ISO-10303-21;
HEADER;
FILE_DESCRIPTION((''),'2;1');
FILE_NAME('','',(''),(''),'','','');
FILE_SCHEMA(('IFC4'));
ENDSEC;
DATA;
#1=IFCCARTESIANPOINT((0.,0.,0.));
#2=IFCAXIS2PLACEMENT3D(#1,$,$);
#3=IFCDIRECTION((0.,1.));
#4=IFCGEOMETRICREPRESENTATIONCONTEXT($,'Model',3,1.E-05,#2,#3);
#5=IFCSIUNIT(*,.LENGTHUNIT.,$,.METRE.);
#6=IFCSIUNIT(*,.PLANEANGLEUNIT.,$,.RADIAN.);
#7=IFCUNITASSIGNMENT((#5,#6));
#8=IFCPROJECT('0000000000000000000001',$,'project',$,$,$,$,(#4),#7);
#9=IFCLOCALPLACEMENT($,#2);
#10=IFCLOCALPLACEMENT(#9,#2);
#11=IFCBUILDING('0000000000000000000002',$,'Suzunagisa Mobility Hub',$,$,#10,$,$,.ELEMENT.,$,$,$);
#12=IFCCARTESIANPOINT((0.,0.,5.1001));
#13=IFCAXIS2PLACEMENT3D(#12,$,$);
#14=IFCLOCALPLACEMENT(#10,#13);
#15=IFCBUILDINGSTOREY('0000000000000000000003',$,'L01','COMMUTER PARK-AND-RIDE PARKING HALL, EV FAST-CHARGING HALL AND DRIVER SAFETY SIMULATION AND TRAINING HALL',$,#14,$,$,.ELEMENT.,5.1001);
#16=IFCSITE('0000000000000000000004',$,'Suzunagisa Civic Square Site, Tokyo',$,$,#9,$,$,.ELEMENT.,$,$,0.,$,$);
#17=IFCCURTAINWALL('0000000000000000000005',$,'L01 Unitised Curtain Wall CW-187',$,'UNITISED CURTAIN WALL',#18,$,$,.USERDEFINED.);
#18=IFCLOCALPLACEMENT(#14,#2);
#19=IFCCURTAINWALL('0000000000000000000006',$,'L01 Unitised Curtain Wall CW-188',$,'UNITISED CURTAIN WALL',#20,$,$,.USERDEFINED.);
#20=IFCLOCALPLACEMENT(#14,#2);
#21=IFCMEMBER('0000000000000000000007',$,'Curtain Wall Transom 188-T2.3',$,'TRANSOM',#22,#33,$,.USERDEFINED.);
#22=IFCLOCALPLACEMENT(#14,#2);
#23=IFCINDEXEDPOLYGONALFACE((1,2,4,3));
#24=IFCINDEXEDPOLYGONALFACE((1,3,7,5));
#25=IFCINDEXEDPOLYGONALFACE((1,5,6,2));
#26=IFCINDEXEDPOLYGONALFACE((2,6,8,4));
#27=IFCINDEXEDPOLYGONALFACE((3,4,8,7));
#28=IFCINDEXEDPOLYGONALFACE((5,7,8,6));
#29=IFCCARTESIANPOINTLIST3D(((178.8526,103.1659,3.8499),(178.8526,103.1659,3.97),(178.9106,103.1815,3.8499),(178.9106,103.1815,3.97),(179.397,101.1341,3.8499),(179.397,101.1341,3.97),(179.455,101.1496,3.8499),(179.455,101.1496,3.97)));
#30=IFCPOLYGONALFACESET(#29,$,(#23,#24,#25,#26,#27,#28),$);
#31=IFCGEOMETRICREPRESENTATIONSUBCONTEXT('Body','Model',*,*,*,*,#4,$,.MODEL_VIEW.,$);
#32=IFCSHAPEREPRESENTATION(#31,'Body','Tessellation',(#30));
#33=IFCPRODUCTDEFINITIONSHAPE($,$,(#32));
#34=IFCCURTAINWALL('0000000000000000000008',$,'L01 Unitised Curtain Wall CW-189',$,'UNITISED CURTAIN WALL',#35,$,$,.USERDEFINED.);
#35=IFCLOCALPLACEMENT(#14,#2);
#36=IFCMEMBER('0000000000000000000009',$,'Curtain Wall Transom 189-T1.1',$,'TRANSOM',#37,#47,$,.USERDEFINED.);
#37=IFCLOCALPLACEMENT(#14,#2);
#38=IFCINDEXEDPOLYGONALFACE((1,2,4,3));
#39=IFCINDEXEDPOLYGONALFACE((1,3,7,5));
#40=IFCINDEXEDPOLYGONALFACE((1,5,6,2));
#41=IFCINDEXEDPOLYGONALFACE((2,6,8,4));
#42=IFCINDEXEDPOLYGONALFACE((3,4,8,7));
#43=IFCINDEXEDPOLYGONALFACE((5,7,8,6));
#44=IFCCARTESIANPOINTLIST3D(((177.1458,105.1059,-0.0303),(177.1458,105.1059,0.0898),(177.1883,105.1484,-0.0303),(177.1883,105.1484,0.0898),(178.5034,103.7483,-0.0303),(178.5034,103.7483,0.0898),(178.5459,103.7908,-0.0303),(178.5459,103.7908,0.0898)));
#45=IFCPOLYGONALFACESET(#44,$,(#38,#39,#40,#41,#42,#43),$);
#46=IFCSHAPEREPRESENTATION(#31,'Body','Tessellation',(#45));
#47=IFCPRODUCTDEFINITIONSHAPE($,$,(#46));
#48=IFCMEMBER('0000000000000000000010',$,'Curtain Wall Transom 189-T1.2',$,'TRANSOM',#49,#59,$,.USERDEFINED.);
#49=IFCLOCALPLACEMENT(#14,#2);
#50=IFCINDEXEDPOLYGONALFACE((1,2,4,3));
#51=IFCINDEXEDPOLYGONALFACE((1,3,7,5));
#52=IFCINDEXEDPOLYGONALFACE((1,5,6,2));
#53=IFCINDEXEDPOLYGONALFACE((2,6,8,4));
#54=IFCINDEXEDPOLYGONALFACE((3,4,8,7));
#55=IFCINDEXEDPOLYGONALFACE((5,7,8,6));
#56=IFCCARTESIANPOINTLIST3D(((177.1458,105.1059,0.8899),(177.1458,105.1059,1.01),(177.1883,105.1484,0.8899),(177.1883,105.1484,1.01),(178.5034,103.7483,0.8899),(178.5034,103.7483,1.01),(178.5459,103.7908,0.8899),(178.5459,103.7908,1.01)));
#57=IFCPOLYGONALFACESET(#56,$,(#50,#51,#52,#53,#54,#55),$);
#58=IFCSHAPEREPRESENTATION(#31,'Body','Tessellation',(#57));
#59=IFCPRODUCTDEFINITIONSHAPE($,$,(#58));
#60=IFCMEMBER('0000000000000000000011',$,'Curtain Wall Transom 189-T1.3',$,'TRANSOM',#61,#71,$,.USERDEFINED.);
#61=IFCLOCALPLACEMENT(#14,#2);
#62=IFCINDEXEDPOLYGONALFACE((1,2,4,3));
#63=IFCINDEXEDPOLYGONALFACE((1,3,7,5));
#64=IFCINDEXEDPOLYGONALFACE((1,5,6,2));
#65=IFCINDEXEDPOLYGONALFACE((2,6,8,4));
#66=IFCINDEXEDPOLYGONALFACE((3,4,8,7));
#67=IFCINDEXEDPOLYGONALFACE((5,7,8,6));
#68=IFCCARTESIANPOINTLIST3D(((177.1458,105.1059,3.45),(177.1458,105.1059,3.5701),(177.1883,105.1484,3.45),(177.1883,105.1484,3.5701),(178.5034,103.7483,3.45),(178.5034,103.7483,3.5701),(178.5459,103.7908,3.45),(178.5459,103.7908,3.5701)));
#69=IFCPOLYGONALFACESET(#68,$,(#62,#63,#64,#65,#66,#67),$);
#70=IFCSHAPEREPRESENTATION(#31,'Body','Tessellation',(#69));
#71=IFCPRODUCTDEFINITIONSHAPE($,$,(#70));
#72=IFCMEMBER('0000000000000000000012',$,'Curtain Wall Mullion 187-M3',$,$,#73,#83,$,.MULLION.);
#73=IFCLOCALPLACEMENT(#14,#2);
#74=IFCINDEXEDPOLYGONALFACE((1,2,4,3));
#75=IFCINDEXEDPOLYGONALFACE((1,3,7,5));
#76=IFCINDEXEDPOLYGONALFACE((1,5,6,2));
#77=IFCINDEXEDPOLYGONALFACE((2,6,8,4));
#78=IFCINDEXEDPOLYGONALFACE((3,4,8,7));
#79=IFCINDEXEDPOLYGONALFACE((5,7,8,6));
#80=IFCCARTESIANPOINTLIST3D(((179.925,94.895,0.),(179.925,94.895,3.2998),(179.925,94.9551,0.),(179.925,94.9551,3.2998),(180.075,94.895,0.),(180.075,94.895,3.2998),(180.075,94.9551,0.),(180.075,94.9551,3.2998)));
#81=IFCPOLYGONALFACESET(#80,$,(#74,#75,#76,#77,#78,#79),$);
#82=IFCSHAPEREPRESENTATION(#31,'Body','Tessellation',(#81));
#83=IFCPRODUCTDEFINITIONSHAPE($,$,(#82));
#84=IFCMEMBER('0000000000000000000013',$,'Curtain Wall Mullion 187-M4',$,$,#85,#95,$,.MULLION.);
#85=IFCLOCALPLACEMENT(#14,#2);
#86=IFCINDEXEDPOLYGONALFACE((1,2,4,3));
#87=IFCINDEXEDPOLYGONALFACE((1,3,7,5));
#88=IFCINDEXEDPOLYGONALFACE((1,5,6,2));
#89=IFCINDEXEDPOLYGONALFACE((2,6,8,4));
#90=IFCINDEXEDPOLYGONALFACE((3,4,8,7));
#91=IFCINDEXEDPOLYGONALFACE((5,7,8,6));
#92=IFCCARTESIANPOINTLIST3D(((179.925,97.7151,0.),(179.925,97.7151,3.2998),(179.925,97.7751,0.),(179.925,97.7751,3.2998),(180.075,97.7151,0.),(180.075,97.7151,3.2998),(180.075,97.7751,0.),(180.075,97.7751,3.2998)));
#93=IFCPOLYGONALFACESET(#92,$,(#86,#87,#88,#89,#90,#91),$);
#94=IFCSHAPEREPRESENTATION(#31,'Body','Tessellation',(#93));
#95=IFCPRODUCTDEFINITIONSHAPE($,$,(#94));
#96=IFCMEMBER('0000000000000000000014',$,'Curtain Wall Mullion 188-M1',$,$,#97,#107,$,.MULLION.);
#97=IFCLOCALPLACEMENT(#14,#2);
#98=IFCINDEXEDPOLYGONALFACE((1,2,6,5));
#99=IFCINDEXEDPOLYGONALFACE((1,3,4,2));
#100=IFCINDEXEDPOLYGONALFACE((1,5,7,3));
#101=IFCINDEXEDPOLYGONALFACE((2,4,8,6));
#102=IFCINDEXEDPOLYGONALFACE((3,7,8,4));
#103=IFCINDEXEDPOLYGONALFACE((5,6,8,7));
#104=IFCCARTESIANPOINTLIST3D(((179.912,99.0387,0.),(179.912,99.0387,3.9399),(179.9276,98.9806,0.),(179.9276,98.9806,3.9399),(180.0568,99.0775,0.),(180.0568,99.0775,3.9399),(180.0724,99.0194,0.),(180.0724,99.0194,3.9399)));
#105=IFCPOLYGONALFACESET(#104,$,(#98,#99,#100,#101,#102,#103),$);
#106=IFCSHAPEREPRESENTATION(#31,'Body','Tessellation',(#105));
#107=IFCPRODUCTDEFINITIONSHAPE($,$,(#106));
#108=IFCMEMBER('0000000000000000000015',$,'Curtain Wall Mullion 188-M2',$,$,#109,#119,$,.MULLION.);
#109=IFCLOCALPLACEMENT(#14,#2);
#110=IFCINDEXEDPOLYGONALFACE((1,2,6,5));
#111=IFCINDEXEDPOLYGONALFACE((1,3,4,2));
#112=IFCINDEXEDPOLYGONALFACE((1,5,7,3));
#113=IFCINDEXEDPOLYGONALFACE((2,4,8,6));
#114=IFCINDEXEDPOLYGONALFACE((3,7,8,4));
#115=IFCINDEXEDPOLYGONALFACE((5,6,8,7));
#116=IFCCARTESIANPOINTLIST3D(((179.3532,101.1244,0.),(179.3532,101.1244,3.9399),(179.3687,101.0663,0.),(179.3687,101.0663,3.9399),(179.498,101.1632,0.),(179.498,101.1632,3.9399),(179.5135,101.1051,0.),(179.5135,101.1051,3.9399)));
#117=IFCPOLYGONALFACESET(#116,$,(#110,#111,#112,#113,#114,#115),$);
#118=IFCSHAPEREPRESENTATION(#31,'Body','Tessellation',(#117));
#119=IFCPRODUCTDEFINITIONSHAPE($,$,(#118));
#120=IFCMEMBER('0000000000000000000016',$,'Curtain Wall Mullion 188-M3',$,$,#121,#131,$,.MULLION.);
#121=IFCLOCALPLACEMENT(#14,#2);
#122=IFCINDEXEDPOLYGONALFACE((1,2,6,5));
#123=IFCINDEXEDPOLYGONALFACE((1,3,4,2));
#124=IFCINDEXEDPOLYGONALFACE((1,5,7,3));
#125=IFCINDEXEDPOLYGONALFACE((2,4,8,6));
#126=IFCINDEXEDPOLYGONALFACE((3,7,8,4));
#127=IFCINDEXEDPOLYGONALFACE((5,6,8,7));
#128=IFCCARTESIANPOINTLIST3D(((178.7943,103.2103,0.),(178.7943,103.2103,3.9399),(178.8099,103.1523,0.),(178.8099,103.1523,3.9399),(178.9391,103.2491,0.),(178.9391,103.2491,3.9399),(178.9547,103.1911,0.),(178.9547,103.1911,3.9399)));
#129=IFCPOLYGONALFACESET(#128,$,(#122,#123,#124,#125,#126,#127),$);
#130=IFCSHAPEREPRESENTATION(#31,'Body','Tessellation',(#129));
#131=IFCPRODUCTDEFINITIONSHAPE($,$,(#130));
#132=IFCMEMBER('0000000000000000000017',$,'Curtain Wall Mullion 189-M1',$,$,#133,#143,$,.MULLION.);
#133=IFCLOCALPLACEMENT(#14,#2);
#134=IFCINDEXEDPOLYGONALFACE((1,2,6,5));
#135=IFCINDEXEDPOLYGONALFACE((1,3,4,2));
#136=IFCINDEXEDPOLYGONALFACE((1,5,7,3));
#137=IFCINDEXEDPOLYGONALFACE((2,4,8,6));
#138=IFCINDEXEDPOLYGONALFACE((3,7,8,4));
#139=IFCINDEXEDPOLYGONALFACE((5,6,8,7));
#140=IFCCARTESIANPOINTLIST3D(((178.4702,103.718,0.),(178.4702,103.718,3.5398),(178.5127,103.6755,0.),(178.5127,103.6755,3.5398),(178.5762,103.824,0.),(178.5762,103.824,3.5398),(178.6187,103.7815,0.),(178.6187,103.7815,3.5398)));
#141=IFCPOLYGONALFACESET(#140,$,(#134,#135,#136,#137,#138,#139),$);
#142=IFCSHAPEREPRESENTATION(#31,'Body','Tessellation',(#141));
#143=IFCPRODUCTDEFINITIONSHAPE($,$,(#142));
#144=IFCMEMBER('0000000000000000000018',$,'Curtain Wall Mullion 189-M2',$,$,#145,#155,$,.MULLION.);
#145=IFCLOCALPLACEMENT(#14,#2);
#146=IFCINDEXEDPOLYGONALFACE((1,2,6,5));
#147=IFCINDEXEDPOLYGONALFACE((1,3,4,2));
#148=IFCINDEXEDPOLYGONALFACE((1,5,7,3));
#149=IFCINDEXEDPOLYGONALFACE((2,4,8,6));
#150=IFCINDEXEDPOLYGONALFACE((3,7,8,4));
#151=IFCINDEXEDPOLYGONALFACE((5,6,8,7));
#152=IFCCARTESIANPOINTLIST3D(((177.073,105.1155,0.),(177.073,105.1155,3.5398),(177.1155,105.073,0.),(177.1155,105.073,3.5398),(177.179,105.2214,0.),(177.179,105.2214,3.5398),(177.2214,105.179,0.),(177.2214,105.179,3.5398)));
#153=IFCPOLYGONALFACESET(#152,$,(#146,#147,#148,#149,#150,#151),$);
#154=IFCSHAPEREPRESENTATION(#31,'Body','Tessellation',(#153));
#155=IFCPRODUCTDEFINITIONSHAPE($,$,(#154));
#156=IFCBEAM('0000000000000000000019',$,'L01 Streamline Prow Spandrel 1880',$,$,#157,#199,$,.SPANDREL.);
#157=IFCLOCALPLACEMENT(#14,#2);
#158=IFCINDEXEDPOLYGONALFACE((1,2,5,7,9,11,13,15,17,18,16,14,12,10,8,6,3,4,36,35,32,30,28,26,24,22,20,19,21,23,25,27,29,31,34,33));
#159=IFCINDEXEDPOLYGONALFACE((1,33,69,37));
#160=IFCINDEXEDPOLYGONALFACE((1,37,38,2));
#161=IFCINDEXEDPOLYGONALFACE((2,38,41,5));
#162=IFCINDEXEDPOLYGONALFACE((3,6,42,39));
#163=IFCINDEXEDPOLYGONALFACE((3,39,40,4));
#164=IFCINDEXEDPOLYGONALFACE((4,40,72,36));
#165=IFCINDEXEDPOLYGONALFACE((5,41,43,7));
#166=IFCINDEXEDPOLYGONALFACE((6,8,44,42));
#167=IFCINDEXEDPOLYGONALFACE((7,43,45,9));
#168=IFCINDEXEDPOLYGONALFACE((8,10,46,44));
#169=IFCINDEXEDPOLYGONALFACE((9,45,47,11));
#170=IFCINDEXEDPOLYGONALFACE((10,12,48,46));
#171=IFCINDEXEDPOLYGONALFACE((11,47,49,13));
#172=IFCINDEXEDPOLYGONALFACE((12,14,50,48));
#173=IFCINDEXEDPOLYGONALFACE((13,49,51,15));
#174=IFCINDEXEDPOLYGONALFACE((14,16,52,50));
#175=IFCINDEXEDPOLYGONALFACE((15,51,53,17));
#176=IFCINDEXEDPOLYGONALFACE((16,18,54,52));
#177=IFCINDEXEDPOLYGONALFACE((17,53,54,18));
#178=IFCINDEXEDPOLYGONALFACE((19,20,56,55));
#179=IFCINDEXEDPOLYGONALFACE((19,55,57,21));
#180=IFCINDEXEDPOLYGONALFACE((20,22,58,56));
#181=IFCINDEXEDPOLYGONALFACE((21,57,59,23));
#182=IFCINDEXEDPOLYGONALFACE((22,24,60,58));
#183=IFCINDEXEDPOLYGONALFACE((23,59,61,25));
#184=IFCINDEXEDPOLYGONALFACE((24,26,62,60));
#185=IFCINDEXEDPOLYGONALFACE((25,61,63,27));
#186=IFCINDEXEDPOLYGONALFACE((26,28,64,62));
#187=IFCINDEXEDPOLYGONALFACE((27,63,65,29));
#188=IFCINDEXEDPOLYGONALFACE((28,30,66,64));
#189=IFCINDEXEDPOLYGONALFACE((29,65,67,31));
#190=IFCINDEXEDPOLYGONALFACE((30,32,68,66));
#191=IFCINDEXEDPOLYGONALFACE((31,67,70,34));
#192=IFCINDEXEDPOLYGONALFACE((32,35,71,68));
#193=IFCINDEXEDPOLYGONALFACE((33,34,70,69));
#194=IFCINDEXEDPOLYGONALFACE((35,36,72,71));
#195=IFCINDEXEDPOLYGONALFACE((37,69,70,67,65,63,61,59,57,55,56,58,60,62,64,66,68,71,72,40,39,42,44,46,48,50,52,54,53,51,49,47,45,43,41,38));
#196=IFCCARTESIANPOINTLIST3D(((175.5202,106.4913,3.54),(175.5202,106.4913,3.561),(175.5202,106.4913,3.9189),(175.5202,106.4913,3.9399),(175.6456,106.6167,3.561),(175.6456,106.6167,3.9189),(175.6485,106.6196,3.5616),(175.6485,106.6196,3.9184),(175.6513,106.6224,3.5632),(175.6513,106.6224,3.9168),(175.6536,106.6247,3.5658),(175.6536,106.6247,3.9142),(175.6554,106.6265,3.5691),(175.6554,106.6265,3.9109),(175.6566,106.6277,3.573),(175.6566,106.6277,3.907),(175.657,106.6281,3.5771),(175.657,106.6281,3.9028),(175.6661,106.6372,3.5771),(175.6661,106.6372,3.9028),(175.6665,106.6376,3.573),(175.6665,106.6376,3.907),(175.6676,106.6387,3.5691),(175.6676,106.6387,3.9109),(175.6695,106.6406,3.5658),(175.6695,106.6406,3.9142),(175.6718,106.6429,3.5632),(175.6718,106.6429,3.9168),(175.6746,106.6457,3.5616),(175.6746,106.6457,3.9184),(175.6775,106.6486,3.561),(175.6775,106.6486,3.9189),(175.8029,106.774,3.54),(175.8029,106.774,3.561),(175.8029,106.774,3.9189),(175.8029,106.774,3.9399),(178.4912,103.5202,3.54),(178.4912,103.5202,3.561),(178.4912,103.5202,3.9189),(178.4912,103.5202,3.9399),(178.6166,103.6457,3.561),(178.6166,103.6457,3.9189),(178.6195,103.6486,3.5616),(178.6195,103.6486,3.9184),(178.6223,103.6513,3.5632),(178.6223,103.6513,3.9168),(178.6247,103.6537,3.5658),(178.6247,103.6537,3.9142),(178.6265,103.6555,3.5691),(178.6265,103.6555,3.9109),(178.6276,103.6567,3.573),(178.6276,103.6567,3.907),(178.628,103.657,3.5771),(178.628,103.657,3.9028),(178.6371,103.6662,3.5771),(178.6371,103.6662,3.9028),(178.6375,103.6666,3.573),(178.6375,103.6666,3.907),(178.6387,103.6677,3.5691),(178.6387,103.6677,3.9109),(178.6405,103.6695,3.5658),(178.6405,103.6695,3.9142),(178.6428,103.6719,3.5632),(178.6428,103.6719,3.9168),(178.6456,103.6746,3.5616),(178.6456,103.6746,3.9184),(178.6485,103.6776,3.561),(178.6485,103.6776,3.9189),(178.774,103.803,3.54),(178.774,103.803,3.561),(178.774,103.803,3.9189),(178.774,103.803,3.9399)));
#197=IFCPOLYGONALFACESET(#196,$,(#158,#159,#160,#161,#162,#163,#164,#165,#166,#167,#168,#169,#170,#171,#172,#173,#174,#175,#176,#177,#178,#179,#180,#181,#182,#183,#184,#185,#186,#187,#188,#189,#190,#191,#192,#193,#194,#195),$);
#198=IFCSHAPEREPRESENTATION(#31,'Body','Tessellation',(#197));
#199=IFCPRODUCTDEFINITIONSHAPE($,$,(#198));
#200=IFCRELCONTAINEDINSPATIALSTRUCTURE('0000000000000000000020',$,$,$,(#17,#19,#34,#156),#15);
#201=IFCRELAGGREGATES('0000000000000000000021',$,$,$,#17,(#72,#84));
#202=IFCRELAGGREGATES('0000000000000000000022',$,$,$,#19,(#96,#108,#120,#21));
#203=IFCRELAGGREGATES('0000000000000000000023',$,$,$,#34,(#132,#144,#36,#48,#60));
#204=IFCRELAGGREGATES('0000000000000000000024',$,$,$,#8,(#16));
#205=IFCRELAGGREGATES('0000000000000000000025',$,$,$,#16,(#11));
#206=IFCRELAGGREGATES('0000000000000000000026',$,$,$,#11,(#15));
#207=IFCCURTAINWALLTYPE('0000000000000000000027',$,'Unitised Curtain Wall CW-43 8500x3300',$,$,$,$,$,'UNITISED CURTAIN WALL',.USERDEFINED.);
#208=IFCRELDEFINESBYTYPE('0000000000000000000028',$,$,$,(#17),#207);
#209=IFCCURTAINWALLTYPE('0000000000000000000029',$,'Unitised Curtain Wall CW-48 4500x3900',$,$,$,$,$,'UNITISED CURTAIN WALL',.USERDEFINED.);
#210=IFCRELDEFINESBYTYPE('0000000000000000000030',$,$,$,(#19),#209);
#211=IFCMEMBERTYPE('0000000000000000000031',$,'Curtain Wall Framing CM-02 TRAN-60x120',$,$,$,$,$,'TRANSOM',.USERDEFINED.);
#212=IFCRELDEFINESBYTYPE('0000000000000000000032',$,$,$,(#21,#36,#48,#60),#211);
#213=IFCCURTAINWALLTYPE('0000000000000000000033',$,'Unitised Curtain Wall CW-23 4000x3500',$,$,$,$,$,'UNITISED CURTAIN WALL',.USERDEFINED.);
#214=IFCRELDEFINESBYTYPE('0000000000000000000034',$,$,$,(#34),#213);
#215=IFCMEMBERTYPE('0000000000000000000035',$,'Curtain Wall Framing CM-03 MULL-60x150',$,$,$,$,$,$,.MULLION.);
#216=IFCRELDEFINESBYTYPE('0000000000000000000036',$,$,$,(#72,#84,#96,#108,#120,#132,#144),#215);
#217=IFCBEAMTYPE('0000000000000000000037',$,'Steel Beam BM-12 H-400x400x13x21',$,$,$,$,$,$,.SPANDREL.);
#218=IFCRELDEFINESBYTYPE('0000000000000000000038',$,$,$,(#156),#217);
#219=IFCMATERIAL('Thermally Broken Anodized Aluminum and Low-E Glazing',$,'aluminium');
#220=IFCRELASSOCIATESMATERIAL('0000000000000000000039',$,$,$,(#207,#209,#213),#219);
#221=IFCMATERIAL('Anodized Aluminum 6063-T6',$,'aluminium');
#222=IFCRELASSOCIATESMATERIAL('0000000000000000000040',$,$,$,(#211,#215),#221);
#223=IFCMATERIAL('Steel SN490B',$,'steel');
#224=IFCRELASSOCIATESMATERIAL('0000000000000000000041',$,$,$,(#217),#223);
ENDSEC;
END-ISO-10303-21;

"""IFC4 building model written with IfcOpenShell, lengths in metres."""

from ifc_helpers import new_model, si_unit, direction, frame, origin, origin_2d, place, context, subcontext, project, spatial, rectangle, i_section, extrude, material, material_profile, profile_set, type_object, element, aggregate, save


model = new_model("IFC4")

# Units and contexts
model_context = context("Model", 3, precision=1e-05, world=origin(), true_north=direction((0.0, 1.0)))
body_context = subcontext(model_context, "Body", "Model", "MODEL_VIEW")
ifc_project = project(units=[si_unit("LENGTHUNIT", "METRE"), si_unit("PLANEANGLEUNIT", "RADIAN")], contexts=[model_context])

# Site, building, storey
site_placement = place(None, origin())
site = spatial("IfcSite", under=ifc_project, at=site_placement, Name="Suzunagisa Civic Square Site, Tokyo", CompositionType="ELEMENT", RefElevation=0.0)
building_placement = place(site_placement, origin())
building = spatial("IfcBuilding", under=site, at=building_placement, Name="Suzunagisa Mobility Hub", CompositionType="ELEMENT")
storey_placement = place(building_placement, frame((0.0, 0.0, 5.1001)))
storey = spatial("IfcBuildingStorey", under=building, at=storey_placement, Name="L01", Description="COMMUTER PARK-AND-RIDE PARKING HALL, EV FAST-CHARGING HALL AND DRIVER SAFETY SIMULATION AND TRAINING HALL", CompositionType="ELEMENT", Elevation=5.1001)

# Shared definitions
ifc_material_1 = material(Name="Steel SN490B", Category="steel")

# Curtain walls, members
ifc_material_2 = material(Name="Thermally Broken Anodized Aluminum and Low-E Glazing", Category="aluminium")
curtain_wall_type_1 = type_object("IfcCurtainWallType", Name="Unitised Curtain Wall CW-43 8500x3300", ElementType="UNITISED CURTAIN WALL", PredefinedType="USERDEFINED", material=ifc_material_2)
curtain_wall_1_placement = place(storey_placement, origin())
curtain_wall_1 = element("IfcCurtainWall", 1, at=curtain_wall_1_placement, inside=storey, type_object=curtain_wall_type_1, Name="L01 Unitised Curtain Wall CW-187", ObjectType="UNITISED CURTAIN WALL", PredefinedType="USERDEFINED")
ifc_material_3 = material(Name="Anodized Aluminum 6063-T6", Category="aluminium")
curtain_wall_type_2 = type_object("IfcCurtainWallType", Name="Unitised Curtain Wall CW-48 4500x3900", ElementType="UNITISED CURTAIN WALL", PredefinedType="USERDEFINED", material=ifc_material_2)
curtain_wall_2_placement = place(storey_placement, origin())
curtain_wall_2 = element("IfcCurtainWall", 2, at=curtain_wall_2_placement, inside=storey, type_object=curtain_wall_type_2, Name="L01 Unitised Curtain Wall CW-188", ObjectType="UNITISED CURTAIN WALL", PredefinedType="USERDEFINED")
ifc_material_profile_1 = material_profile(ifc_material_3, rectangle(XDim=0.0601, YDim=0.1201, at=origin_2d()), Name="TRAN-60x120")
ifc_profile_set_1 = profile_set([ifc_material_profile_1], Name="Anodized Aluminum 6063-T6")
member_type_1 = type_object("IfcMemberType", Name="Curtain Wall Framing CM-02 TRAN-60x120", ElementType="TRANSOM", PredefinedType="USERDEFINED", material=ifc_profile_set_1)
member_1_placement = place(storey_placement, frame((179.426, 101.1418, 3.9099), z_axis=(-0.258833, 0.965922, 0.0), x_axis=(-0.965922, -0.258833, 0.0)))
member_1 = element("IfcMember", 3, at=member_1_placement, type_object=member_type_1, Name="Curtain Wall Transom 188-T2.3", ObjectType="TRANSOM", PredefinedType="USERDEFINED", context=body_context, shape_type="SweptSolid", body=[
    extrude(rectangle(XDim=0.0601, YDim=0.1201, at=origin_2d()), origin(), (0.0, 0.0, 1.0), 2.1035),
])
curtain_wall_type_3 = type_object("IfcCurtainWallType", Name="Unitised Curtain Wall CW-23 4000x3500", ElementType="UNITISED CURTAIN WALL", PredefinedType="USERDEFINED", material=ifc_material_2)
curtain_wall_3_placement = place(storey_placement, origin())
curtain_wall_3 = element("IfcCurtainWall", 4, at=curtain_wall_3_placement, inside=storey, type_object=curtain_wall_type_3, Name="L01 Unitised Curtain Wall CW-189", ObjectType="UNITISED CURTAIN WALL", PredefinedType="USERDEFINED")
member_2_placement = place(storey_placement, frame((178.5247, 103.7695, 0.0298), z_axis=(-0.707107, 0.707107, 0.0), x_axis=(-0.707107, -0.707107, 0.0)))
member_2 = element("IfcMember", 5, at=member_2_placement, type_object=member_type_1, Name="Curtain Wall Transom 189-T1.1", ObjectType="TRANSOM", PredefinedType="USERDEFINED", context=body_context, shape_type="SweptSolid", body=[
    extrude(rectangle(XDim=0.0601, YDim=0.1201, at=origin_2d()), origin(), (0.0, 0.0, 1.0), 1.9199),
])
member_3_placement = place(storey_placement, frame((178.5247, 103.7695, 0.95), z_axis=(-0.707107, 0.707107, 0.0), x_axis=(-0.707107, -0.707107, 0.0)))
member_3 = element("IfcMember", 6, at=member_3_placement, type_object=member_type_1, Name="Curtain Wall Transom 189-T1.2", ObjectType="TRANSOM", PredefinedType="USERDEFINED", context=body_context, shape_type="SweptSolid", body=[
    extrude(rectangle(XDim=0.0601, YDim=0.1201, at=origin_2d()), origin(), (0.0, 0.0, 1.0), 1.9199),
])
member_4_placement = place(storey_placement, frame((178.5247, 103.7695, 3.51), z_axis=(-0.707107, 0.707107, 0.0), x_axis=(-0.707107, -0.707107, 0.0)))
member_4 = element("IfcMember", 7, at=member_4_placement, type_object=member_type_1, Name="Curtain Wall Transom 189-T1.3", ObjectType="TRANSOM", PredefinedType="USERDEFINED", context=body_context, shape_type="SweptSolid", body=[
    extrude(rectangle(XDim=0.0601, YDim=0.1201, at=origin_2d()), origin(), (0.0, 0.0, 1.0), 1.9199),
])

# Members
ifc_material_profile_2 = material_profile(ifc_material_3, rectangle(XDim=0.0601, YDim=0.1499, at=origin_2d()), Name="MULL-60x150")
ifc_profile_set_2 = profile_set([ifc_material_profile_2], Name="Anodized Aluminum 6063-T6")
member_type_2 = type_object("IfcMemberType", Name="Curtain Wall Framing CM-03 MULL-60x150", PredefinedType="MULLION", material=ifc_profile_set_2)
member_5_placement = place(storey_placement, frame((180.0, 94.925, 0.0), z_axis=(0.0, 0.0, 1.0), x_axis=(0.0, 1.0, 0.0)))
member_5 = element("IfcMember", 8, at=member_5_placement, type_object=member_type_2, Name="Curtain Wall Mullion 187-M3", PredefinedType="MULLION", context=body_context, shape_type="SweptSolid", body=[
    extrude(rectangle(XDim=0.0601, YDim=0.1499, at=origin_2d()), origin(), (0.0, 0.0, 1.0), 3.2998),
])
member_6_placement = place(storey_placement, frame((180.0, 97.7451, 0.0), z_axis=(0.0, 0.0, 1.0), x_axis=(0.0, 1.0, 0.0)))
member_6 = element("IfcMember", 9, at=member_6_placement, type_object=member_type_2, Name="Curtain Wall Mullion 187-M4", PredefinedType="MULLION", context=body_context, shape_type="SweptSolid", body=[
    extrude(rectangle(XDim=0.0601, YDim=0.1499, at=origin_2d()), origin(), (0.0, 0.0, 1.0), 3.2998),
])
member_7_placement = place(storey_placement, frame((179.9922, 99.0291, 0.0), z_axis=(0.0, 0.0, 1.0), x_axis=(-0.258815, 0.965927, 0.0)))
member_7 = element("IfcMember", 10, at=member_7_placement, type_object=member_type_2, Name="Curtain Wall Mullion 188-M1", PredefinedType="MULLION", context=body_context, shape_type="SweptSolid", body=[
    extrude(rectangle(XDim=0.0601, YDim=0.1499, at=origin_2d()), origin(), (0.0, 0.0, 1.0), 3.9399),
])
member_8_placement = place(storey_placement, frame((179.4333, 101.1147, 0.0), z_axis=(0.0, 0.0, 1.0), x_axis=(-0.258815, 0.965927, 0.0)))
member_8 = element("IfcMember", 11, at=member_8_placement, type_object=member_type_2, Name="Curtain Wall Mullion 188-M2", PredefinedType="MULLION", context=body_context, shape_type="SweptSolid", body=[
    extrude(rectangle(XDim=0.0601, YDim=0.1499, at=origin_2d()), origin(), (0.0, 0.0, 1.0), 3.9399),
])
member_9_placement = place(storey_placement, frame((178.8745, 103.2007, 0.0), z_axis=(0.0, 0.0, 1.0), x_axis=(-0.258815, 0.965927, 0.0)))
member_9 = element("IfcMember", 12, at=member_9_placement, type_object=member_type_2, Name="Curtain Wall Mullion 188-M3", PredefinedType="MULLION", context=body_context, shape_type="SweptSolid", body=[
    extrude(rectangle(XDim=0.0601, YDim=0.1499, at=origin_2d()), origin(), (0.0, 0.0, 1.0), 3.9399),
])
member_10_placement = place(storey_placement, frame((178.5444, 103.7498, 0.0), z_axis=(0.0, 0.0, 1.0), x_axis=(-0.707107, 0.707107, 0.0)))
member_10 = element("IfcMember", 13, at=member_10_placement, type_object=member_type_2, Name="Curtain Wall Mullion 189-M1", PredefinedType="MULLION", context=body_context, shape_type="SweptSolid", body=[
    extrude(rectangle(XDim=0.0601, YDim=0.1499, at=origin_2d()), origin(), (0.0, 0.0, 1.0), 3.5398),
])
member_11_placement = place(storey_placement, frame((177.1472, 105.1472, 0.0), z_axis=(0.0, 0.0, 1.0), x_axis=(-0.707107, 0.707107, 0.0)))
member_11 = element("IfcMember", 14, at=member_11_placement, type_object=member_type_2, Name="Curtain Wall Mullion 189-M2", PredefinedType="MULLION", context=body_context, shape_type="SweptSolid", body=[
    extrude(rectangle(XDim=0.0601, YDim=0.1499, at=origin_2d()), origin(), (0.0, 0.0, 1.0), 3.5398),
])

# Beam
ifc_material_profile_3 = material_profile(ifc_material_1, i_section(OverallWidth=0.3999, OverallDepth=0.3999, WebThickness=0.0129, FlangeThickness=0.021, FilletRadius=0.0161, at=origin_2d()), Name="H-400x400x13x21")
ifc_profile_set_3 = profile_set([ifc_material_profile_3], Name="Steel SN490B")
beam_type = type_object("IfcBeamType", Name="Steel Beam BM-12 H-400x400x13x21", PredefinedType="SPANDREL", material=ifc_profile_set_3)
beam_placement = place(storey_placement, frame((178.6326, 103.6616, 3.74), z_axis=(-0.707107, 0.707107, 0.0), x_axis=(-0.707107, -0.707107, 0.0)))
element("IfcBeam", 15, at=beam_placement, inside=storey, type_object=beam_type, Name="L01 Streamline Prow Spandrel 1880", PredefinedType="SPANDREL", context=body_context, shape_type="SweptSolid", body=[
    extrude(i_section(OverallWidth=0.3999, OverallDepth=0.3999, WebThickness=0.0129, FlangeThickness=0.021, FilletRadius=0.0161, at=origin_2d()), origin(), (0.0, 0.0, 1.0), 4.2017),
])

aggregate(curtain_wall_1, [member_5, member_6])
aggregate(curtain_wall_2, [member_7, member_8, member_9, member_1])
aggregate(curtain_wall_3, [member_10, member_11, member_2, member_3, member_4])

save(model, "model.ifc")
